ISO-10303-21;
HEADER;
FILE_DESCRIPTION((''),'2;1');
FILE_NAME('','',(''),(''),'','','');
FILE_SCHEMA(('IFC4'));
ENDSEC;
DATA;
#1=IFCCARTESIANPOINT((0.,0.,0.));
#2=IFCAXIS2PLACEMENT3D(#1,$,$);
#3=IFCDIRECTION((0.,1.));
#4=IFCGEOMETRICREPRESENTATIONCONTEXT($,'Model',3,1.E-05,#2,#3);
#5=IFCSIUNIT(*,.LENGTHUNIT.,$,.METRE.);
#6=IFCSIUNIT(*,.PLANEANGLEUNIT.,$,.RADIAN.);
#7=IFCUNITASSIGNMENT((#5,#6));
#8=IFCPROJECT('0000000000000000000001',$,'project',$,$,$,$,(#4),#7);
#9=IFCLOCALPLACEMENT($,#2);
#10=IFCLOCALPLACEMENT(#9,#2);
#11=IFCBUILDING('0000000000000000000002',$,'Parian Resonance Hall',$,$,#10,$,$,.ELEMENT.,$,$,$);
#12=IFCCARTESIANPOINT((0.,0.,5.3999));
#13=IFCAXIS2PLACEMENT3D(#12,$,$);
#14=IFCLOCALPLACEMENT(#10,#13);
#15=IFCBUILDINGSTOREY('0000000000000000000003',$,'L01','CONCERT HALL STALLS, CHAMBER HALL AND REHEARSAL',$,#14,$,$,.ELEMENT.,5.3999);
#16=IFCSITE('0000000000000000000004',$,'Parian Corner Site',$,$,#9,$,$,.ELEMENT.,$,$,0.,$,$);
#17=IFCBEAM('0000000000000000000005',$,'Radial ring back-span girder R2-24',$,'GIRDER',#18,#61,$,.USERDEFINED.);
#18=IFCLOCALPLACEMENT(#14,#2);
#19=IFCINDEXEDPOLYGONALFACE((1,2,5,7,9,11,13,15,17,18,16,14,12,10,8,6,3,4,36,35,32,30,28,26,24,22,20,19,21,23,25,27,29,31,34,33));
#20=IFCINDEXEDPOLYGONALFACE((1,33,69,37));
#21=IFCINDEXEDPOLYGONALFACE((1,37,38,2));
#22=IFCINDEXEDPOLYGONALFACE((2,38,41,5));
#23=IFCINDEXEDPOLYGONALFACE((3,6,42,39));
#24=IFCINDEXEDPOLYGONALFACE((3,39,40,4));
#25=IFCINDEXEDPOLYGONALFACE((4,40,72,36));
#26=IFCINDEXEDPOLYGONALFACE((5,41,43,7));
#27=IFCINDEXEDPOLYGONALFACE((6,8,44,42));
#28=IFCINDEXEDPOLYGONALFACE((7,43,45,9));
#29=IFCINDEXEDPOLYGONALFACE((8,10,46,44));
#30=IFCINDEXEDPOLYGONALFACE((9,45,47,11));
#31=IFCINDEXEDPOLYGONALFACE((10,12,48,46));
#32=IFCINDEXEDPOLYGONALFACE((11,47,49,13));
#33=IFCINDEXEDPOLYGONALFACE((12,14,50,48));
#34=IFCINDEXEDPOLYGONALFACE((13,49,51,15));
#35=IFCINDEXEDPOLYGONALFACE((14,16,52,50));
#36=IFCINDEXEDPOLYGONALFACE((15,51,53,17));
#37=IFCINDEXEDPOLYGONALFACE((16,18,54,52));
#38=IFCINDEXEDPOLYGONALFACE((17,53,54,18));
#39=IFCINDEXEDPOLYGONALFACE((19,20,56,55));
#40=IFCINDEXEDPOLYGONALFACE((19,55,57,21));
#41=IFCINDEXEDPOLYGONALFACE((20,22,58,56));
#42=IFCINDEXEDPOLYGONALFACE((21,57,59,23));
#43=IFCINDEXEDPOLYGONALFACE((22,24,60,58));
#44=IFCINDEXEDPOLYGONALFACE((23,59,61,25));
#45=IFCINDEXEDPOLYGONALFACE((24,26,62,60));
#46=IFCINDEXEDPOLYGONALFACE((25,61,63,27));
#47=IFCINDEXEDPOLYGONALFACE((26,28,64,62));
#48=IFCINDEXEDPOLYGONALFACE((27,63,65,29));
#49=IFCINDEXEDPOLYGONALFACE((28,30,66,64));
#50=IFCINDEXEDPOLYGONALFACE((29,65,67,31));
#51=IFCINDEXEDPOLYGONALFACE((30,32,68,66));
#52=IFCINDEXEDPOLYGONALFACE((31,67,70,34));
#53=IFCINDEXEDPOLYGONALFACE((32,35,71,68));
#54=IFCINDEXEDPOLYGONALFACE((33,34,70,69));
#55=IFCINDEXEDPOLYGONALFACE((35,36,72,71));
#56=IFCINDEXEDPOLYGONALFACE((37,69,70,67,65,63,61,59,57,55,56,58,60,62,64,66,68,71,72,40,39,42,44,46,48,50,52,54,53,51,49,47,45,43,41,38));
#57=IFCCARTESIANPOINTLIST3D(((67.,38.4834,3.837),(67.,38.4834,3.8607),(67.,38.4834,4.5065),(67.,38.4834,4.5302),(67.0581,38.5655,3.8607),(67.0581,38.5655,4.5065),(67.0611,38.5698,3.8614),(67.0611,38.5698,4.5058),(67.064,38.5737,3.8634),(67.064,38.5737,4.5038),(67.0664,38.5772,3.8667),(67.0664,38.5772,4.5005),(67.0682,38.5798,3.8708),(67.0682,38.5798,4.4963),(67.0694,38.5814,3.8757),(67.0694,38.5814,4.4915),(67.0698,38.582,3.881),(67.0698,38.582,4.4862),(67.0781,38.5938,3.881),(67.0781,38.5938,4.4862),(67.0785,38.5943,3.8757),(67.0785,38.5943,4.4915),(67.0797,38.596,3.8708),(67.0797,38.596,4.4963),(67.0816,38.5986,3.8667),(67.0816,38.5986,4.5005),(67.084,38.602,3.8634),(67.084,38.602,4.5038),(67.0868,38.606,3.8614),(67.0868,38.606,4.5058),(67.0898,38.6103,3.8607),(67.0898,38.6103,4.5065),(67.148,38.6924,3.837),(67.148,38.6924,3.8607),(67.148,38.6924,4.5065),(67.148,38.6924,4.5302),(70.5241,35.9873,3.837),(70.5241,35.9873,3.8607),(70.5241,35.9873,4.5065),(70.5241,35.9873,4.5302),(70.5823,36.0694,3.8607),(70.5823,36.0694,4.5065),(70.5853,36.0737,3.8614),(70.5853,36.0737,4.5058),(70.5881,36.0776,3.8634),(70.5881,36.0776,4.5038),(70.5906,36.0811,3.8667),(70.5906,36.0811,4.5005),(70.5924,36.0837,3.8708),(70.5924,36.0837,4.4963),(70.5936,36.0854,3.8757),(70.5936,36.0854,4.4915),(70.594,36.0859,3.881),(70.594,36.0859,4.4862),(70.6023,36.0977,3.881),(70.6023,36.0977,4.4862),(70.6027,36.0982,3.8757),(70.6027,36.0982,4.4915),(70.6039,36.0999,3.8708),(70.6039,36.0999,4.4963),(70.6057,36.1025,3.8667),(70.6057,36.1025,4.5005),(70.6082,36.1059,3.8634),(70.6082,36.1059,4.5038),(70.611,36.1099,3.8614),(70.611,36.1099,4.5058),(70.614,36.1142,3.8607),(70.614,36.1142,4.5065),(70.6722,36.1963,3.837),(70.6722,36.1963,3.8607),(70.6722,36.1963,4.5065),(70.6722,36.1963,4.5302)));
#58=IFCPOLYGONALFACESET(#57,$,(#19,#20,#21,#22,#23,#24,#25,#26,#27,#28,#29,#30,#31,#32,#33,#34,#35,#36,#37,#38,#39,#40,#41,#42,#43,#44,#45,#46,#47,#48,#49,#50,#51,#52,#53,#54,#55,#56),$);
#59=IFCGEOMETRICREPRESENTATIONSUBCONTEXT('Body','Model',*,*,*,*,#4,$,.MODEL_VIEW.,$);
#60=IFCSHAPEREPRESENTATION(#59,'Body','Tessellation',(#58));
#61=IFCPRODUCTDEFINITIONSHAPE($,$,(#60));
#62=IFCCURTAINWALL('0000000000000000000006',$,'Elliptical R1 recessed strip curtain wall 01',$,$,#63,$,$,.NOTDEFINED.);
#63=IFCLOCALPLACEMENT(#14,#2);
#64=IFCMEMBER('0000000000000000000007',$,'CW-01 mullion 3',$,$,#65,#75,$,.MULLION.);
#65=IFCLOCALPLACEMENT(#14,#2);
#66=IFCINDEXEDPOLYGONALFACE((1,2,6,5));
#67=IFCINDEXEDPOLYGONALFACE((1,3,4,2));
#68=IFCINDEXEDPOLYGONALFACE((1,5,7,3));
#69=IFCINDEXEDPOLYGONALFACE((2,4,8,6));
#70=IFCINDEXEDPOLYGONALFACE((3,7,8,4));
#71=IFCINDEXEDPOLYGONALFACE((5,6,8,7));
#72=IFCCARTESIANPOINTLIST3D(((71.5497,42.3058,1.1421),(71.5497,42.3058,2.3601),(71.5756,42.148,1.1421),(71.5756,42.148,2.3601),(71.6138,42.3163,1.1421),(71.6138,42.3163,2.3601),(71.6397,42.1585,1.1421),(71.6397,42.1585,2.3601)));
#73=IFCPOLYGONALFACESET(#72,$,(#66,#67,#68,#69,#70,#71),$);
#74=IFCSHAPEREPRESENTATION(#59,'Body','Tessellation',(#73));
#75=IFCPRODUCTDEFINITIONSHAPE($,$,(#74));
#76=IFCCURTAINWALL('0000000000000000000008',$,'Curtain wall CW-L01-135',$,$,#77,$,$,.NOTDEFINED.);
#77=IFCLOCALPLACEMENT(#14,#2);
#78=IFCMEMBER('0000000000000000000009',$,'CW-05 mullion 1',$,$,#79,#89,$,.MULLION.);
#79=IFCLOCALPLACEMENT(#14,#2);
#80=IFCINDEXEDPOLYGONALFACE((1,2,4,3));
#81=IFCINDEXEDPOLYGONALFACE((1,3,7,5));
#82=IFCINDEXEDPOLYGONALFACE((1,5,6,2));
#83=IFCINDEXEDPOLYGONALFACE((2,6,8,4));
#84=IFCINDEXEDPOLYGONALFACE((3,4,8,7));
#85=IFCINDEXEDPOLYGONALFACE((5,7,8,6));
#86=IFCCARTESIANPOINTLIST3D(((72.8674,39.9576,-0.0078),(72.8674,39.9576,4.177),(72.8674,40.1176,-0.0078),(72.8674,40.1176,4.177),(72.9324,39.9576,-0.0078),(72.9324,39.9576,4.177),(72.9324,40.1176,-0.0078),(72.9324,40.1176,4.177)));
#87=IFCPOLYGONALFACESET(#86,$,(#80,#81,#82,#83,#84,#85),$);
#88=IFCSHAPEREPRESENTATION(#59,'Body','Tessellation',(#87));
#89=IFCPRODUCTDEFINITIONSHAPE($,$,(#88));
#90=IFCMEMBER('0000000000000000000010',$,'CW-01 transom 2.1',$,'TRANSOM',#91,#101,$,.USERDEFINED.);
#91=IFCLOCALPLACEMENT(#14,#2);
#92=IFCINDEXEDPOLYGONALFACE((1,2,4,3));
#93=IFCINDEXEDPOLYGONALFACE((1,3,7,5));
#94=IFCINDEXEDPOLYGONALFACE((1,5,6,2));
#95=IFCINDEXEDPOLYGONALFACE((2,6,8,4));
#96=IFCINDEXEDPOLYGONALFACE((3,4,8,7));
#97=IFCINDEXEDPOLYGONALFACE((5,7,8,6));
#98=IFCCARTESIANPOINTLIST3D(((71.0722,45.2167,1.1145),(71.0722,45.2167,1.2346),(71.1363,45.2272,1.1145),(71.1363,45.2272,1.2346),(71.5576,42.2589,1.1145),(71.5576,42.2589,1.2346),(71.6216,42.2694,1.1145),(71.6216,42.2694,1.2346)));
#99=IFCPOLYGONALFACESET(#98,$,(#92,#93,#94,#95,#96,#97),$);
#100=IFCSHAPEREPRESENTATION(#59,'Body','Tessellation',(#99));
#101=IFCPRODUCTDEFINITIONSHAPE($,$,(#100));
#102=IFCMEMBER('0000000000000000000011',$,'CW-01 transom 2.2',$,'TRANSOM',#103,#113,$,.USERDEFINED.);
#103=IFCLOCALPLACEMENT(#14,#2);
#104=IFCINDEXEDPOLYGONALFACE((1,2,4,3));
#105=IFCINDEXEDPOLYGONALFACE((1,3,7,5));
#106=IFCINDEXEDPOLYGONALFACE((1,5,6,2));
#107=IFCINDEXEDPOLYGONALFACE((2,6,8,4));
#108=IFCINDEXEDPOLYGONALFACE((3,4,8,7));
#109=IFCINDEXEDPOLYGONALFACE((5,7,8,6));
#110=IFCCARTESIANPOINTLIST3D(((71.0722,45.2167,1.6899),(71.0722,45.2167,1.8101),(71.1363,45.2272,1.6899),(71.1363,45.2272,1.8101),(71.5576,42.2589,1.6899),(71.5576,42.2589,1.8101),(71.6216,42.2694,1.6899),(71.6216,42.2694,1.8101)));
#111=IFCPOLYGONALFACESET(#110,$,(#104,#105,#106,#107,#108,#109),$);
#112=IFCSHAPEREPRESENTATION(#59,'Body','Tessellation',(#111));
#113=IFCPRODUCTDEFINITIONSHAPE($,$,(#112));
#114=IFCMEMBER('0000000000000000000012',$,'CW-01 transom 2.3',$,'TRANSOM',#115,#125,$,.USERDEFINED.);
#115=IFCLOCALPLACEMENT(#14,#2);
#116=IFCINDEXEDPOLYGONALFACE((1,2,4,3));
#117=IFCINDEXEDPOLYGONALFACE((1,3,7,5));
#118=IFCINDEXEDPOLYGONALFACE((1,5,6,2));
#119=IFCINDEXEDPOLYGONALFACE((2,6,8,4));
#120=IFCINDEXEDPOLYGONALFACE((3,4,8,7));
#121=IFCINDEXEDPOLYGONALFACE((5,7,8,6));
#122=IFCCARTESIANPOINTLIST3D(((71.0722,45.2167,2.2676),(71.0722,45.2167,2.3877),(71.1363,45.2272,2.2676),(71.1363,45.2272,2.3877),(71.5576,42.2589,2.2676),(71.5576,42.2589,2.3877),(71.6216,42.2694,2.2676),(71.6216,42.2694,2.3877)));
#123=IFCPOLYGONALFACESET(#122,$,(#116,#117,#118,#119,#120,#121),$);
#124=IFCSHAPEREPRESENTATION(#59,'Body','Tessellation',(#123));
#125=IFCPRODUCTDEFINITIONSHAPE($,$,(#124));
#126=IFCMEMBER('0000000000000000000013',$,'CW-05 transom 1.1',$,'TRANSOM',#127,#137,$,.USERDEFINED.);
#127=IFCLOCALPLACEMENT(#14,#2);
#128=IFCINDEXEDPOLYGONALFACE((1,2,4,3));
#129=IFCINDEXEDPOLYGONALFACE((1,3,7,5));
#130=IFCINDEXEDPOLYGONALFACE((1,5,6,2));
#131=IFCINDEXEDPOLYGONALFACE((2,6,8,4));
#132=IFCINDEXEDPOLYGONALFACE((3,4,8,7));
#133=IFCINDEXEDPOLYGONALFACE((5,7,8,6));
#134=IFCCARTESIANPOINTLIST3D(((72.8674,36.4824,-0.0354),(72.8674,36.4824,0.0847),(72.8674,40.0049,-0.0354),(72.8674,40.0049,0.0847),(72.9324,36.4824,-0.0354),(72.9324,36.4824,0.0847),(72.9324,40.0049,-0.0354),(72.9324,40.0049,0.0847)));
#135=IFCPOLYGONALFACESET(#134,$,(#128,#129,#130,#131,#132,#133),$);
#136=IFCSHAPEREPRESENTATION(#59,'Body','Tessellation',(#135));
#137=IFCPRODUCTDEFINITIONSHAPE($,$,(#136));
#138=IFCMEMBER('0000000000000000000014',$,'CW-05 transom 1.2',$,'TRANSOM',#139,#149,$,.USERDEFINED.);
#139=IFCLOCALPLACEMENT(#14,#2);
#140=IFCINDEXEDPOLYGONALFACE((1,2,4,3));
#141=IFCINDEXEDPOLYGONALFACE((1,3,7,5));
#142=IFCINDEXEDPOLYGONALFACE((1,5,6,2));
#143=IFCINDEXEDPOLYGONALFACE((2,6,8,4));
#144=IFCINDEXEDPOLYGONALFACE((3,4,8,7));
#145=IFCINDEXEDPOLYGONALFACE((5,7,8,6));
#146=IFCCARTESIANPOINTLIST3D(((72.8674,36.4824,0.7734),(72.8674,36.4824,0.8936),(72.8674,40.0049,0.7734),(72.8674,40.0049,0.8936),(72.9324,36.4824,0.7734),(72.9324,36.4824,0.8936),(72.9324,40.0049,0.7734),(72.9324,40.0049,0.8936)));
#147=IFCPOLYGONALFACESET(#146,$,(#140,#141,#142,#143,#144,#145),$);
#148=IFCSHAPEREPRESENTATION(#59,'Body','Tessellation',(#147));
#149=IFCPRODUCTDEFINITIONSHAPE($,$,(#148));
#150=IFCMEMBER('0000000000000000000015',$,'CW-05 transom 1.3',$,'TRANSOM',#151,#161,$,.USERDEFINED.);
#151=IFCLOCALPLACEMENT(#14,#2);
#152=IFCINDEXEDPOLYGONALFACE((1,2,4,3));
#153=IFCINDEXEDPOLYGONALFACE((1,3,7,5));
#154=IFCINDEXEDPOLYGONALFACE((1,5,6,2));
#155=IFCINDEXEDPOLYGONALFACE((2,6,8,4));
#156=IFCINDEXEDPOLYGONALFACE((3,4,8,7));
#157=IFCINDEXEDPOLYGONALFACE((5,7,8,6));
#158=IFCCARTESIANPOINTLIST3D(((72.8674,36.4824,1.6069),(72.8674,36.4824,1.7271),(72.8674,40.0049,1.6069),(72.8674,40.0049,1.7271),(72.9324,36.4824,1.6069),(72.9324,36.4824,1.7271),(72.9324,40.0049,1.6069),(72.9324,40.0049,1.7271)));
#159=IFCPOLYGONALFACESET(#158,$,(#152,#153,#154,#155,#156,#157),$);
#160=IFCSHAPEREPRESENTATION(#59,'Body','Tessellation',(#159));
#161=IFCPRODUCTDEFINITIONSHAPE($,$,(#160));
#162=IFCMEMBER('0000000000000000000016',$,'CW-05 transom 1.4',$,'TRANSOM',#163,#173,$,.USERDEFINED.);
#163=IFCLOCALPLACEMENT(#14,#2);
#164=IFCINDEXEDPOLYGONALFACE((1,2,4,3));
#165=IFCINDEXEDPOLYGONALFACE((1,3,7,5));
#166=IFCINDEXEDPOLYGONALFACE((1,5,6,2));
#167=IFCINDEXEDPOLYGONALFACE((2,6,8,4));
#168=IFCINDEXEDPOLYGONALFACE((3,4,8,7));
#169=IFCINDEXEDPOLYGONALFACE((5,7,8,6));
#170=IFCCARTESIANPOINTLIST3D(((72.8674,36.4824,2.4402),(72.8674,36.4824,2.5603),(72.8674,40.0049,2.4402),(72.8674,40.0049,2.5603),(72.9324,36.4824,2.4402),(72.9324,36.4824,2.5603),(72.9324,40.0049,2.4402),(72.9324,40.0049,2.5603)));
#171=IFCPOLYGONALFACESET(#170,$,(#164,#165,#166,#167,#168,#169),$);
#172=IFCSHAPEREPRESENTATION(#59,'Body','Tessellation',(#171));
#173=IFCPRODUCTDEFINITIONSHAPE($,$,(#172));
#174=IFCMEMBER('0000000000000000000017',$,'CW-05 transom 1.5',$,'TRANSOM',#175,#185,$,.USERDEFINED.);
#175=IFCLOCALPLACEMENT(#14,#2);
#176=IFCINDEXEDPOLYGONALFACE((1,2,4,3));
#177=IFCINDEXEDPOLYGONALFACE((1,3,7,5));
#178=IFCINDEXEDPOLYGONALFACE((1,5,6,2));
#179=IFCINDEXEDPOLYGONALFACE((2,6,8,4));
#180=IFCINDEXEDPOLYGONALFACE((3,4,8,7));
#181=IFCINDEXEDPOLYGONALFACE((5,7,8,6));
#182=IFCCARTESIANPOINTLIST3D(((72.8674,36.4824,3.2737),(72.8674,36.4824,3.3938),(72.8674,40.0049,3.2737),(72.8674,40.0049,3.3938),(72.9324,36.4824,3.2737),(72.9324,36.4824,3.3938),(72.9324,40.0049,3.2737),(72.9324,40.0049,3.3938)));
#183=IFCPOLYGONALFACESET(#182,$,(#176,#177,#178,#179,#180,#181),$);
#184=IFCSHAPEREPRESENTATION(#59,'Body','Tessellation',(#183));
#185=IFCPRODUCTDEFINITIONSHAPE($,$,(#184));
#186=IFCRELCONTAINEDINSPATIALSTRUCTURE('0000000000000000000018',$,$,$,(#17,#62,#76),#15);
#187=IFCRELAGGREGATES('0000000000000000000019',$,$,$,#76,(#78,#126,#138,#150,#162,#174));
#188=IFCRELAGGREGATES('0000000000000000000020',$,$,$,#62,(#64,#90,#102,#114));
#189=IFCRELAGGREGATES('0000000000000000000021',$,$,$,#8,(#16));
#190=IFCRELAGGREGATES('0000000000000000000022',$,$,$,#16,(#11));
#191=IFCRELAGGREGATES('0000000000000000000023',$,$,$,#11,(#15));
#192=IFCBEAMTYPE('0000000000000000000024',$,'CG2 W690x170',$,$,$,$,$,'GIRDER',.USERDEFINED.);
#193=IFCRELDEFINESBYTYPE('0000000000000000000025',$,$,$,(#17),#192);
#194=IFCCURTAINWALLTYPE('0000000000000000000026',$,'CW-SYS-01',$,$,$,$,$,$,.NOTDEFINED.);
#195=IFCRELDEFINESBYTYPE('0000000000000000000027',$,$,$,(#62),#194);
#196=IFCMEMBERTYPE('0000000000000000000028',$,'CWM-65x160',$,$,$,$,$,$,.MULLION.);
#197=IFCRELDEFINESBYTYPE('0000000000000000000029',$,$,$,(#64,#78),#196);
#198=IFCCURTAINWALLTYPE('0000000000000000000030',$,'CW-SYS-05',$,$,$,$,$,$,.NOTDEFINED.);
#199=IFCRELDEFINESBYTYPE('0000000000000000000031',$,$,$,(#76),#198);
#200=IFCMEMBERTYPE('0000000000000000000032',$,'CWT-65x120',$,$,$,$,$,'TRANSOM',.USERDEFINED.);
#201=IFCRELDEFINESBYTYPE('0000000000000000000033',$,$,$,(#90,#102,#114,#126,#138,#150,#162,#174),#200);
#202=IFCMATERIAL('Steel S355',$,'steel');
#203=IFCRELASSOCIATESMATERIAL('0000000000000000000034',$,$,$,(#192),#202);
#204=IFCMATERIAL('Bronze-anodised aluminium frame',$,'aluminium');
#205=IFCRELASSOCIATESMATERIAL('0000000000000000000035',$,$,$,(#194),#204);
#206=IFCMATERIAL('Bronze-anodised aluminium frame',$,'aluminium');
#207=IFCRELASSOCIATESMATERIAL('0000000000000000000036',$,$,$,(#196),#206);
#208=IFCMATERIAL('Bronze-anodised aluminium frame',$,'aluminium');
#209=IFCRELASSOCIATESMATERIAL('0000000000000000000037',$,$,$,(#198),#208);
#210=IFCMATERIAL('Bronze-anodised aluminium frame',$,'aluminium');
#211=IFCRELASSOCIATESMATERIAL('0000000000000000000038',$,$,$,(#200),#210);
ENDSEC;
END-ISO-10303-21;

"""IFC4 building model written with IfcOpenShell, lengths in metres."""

from ifc_helpers import new_model, si_unit, direction, frame, origin, origin_2d, place, context, subcontext, project, spatial, rectangle, i_section, extrude, material, material_profile, profile_set, type_object, element, aggregate, save


model = new_model("IFC4")

# Units and contexts
model_context = context("Model", 3, precision=1e-05, world=origin(), true_north=direction((0.0, 1.0)))
body_context = subcontext(model_context, "Body", "Model", "MODEL_VIEW")
ifc_project = project(units=[si_unit("LENGTHUNIT", "METRE"), si_unit("PLANEANGLEUNIT", "RADIAN")], contexts=[model_context])

# Site, building, storey
site_placement = place(None, origin())
site = spatial("IfcSite", under=ifc_project, at=site_placement, Name="Parian Corner Site", CompositionType="ELEMENT", RefElevation=0.0)
building_placement = place(site_placement, origin())
building = spatial("IfcBuilding", under=site, at=building_placement, Name="Parian Resonance Hall", CompositionType="ELEMENT")
storey_placement = place(building_placement, frame((0.0, 0.0, 5.3999)))
storey = spatial("IfcBuildingStorey", under=building, at=storey_placement, Name="L01", Description="CONCERT HALL STALLS, CHAMBER HALL AND REHEARSAL", CompositionType="ELEMENT", Elevation=5.3999)

# Beam
ifc_material_1 = material(Name="Steel S355", Category="steel")
ifc_material_profile_1 = material_profile(ifc_material_1, i_section(OverallWidth=0.2561, OverallDepth=0.6931, WebThickness=0.0144, FlangeThickness=0.0237, FilletRadius=0.0203, at=origin_2d()), Name="W690x170")
ifc_profile_set_1 = profile_set([ifc_material_profile_1], Name="Steel S355")
beam_type_1 = type_object("IfcBeamType", Name="CG2 W690x170", ElementType="GIRDER", PredefinedType="USERDEFINED", material=ifc_profile_set_1)
beam_1_placement = place(storey_placement, frame((67.074, 38.5879, 4.1836), z_axis=(0.816046, -0.577988, 0.0), x_axis=(0.577988, 0.816046, 0.0)))
element("IfcBeam", 1, at=beam_1_placement, inside=storey, type_object=beam_type_1, Name="Radial ring back-span girder R2-24", ObjectType="GIRDER", PredefinedType="USERDEFINED", context=body_context, shape_type="SweptSolid", body=[
    extrude(i_section(OverallWidth=0.2561, OverallDepth=0.6931, WebThickness=0.0144, FlangeThickness=0.0237, FilletRadius=0.0203, at=origin_2d()), origin(), (0.0, 0.0, 1.0), 4.3186),
])

# Curtain walls, members
ifc_material_2 = material(Name="Bronze-anodised aluminium frame", Category="aluminium")
curtain_wall_type_1 = type_object("IfcCurtainWallType", Name="CW-SYS-01", PredefinedType="NOTDEFINED", material=ifc_material_2)
curtain_wall_1_placement = place(storey_placement, origin())
curtain_wall_1 = element("IfcCurtainWall", 2, at=curtain_wall_1_placement, inside=storey, type_object=curtain_wall_type_1, Name="Elliptical R1 recessed strip curtain wall 01", PredefinedType="NOTDEFINED")
ifc_material_3 = material(Name="Bronze-anodised aluminium frame", Category="aluminium")
ifc_material_profile_2 = material_profile(ifc_material_3, rectangle(XDim=0.0649, YDim=0.1599, at=origin_2d()), Name="CWM-65x160")
ifc_profile_set_2 = profile_set([ifc_material_profile_2], Name="Bronze-anodised aluminium frame")
member_type_1 = type_object("IfcMemberType", Name="CWM-65x160", PredefinedType="MULLION", material=ifc_profile_set_2)
member_1_placement = place(storey_placement, frame((71.5947, 42.2322, 1.1421), z_axis=(0.0, 0.0, 1.0), x_axis=(0.986815, 0.161849, 0.0)))
member_1 = element("IfcMember", 3, at=member_1_placement, type_object=member_type_1, Name="CW-01 mullion 3", PredefinedType="MULLION", context=body_context, shape_type="SweptSolid", body=[
    extrude(rectangle(XDim=0.0649, YDim=0.1599, at=origin_2d()), origin(), (0.0, 0.0, 1.0), 1.218),
])
ifc_material_4 = material(Name="Bronze-anodised aluminium frame", Category="aluminium")
curtain_wall_type_2 = type_object("IfcCurtainWallType", Name="CW-SYS-05", PredefinedType="NOTDEFINED", material=ifc_material_4)
curtain_wall_2_placement = place(storey_placement, origin())
curtain_wall_2 = element("IfcCurtainWall", 4, at=curtain_wall_2_placement, inside=storey, type_object=curtain_wall_type_2, Name="Curtain wall CW-L01-135", PredefinedType="NOTDEFINED")
member_2_placement = place(storey_placement, frame((72.8999, 40.0376, -0.0078), z_axis=(0.0, 0.0, 1.0), x_axis=(1.0, 0.0, 0.0)))
member_2 = element("IfcMember", 5, at=member_2_placement, type_object=member_type_1, Name="CW-05 mullion 1", PredefinedType="MULLION", context=body_context, shape_type="SweptSolid", body=[
    extrude(rectangle(XDim=0.0649, YDim=0.1599, at=origin_2d()), origin(), (0.0, 0.0, 1.0), 4.1848),
])

# Members
ifc_material_5 = material(Name="Bronze-anodised aluminium frame", Category="aluminium")
ifc_material_profile_3 = material_profile(ifc_material_5, rectangle(XDim=0.0649, YDim=0.1201, at=origin_2d()), Name="CWT-65x120")
ifc_profile_set_3 = profile_set([ifc_material_profile_3], Name="Bronze-anodised aluminium frame")
member_type_2 = type_object("IfcMemberType", Name="CWT-65x120", ElementType="TRANSOM", PredefinedType="USERDEFINED", material=ifc_profile_set_3)
member_3_placement = place(storey_placement, frame((71.1042, 45.2219, 1.1746), z_axis=(0.161928, -0.986802, 0.0), x_axis=(0.986802, 0.161928, 0.0)))
member_3 = element("IfcMember", 6, at=member_3_placement, type_object=member_type_2, Name="CW-01 transom 2.1", ObjectType="TRANSOM", PredefinedType="USERDEFINED", context=body_context, shape_type="SweptSolid", body=[
    extrude(rectangle(XDim=0.0649, YDim=0.1201, at=origin_2d()), origin(), (0.0, 0.0, 1.0), 2.9973),
])
member_4_placement = place(storey_placement, frame((71.1042, 45.2219, 1.75), z_axis=(0.161928, -0.986802, 0.0), x_axis=(0.986802, 0.161928, 0.0)))
member_4 = element("IfcMember", 7, at=member_4_placement, type_object=member_type_2, Name="CW-01 transom 2.2", ObjectType="TRANSOM", PredefinedType="USERDEFINED", context=body_context, shape_type="SweptSolid", body=[
    extrude(rectangle(XDim=0.0649, YDim=0.1201, at=origin_2d()), origin(), (0.0, 0.0, 1.0), 2.9973),
])
member_5_placement = place(storey_placement, frame((71.1042, 45.2219, 2.3276), z_axis=(0.161928, -0.986802, 0.0), x_axis=(0.986802, 0.161928, 0.0)))
member_5 = element("IfcMember", 8, at=member_5_placement, type_object=member_type_2, Name="CW-01 transom 2.3", ObjectType="TRANSOM", PredefinedType="USERDEFINED", context=body_context, shape_type="SweptSolid", body=[
    extrude(rectangle(XDim=0.0649, YDim=0.1201, at=origin_2d()), origin(), (0.0, 0.0, 1.0), 2.9973),
])
member_6_placement = place(storey_placement, frame((72.8999, 40.0049, 0.0247), z_axis=(0.0, -1.0, 0.0), x_axis=(1.0, 0.0, 0.0)))
member_6 = element("IfcMember", 9, at=member_6_placement, type_object=member_type_2, Name="CW-05 transom 1.1", ObjectType="TRANSOM", PredefinedType="USERDEFINED", context=body_context, shape_type="SweptSolid", body=[
    extrude(rectangle(XDim=0.0649, YDim=0.1201, at=origin_2d()), origin(), (0.0, 0.0, 1.0), 3.5225),
])
member_7_placement = place(storey_placement, frame((72.8999, 40.0049, 0.8335), z_axis=(0.0, -1.0, 0.0), x_axis=(1.0, 0.0, 0.0)))
member_7 = element("IfcMember", 10, at=member_7_placement, type_object=member_type_2, Name="CW-05 transom 1.2", ObjectType="TRANSOM", PredefinedType="USERDEFINED", context=body_context, shape_type="SweptSolid", body=[
    extrude(rectangle(XDim=0.0649, YDim=0.1201, at=origin_2d()), origin(), (0.0, 0.0, 1.0), 3.5225),
])
member_8_placement = place(storey_placement, frame((72.8999, 40.0049, 1.667), z_axis=(0.0, -1.0, 0.0), x_axis=(1.0, 0.0, 0.0)))
member_8 = element("IfcMember", 11, at=member_8_placement, type_object=member_type_2, Name="CW-05 transom 1.3", ObjectType="TRANSOM", PredefinedType="USERDEFINED", context=body_context, shape_type="SweptSolid", body=[
    extrude(rectangle(XDim=0.0649, YDim=0.1201, at=origin_2d()), origin(), (0.0, 0.0, 1.0), 3.5225),
])
member_9_placement = place(storey_placement, frame((72.8999, 40.0049, 2.5002), z_axis=(0.0, -1.0, 0.0), x_axis=(1.0, 0.0, 0.0)))
member_9 = element("IfcMember", 12, at=member_9_placement, type_object=member_type_2, Name="CW-05 transom 1.4", ObjectType="TRANSOM", PredefinedType="USERDEFINED", context=body_context, shape_type="SweptSolid", body=[
    extrude(rectangle(XDim=0.0649, YDim=0.1201, at=origin_2d()), origin(), (0.0, 0.0, 1.0), 3.5225),
])
member_10_placement = place(storey_placement, frame((72.8999, 40.0049, 3.3337), z_axis=(0.0, -1.0, 0.0), x_axis=(1.0, 0.0, 0.0)))
member_10 = element("IfcMember", 13, at=member_10_placement, type_object=member_type_2, Name="CW-05 transom 1.5", ObjectType="TRANSOM", PredefinedType="USERDEFINED", context=body_context, shape_type="SweptSolid", body=[
    extrude(rectangle(XDim=0.0649, YDim=0.1201, at=origin_2d()), origin(), (0.0, 0.0, 1.0), 3.5225),
])
aggregate(curtain_wall_2, [member_2, member_6, member_7, member_8, member_9, member_10])

aggregate(curtain_wall_1, [member_1, member_3, member_4, member_5])

save(model, "model.ifc")
